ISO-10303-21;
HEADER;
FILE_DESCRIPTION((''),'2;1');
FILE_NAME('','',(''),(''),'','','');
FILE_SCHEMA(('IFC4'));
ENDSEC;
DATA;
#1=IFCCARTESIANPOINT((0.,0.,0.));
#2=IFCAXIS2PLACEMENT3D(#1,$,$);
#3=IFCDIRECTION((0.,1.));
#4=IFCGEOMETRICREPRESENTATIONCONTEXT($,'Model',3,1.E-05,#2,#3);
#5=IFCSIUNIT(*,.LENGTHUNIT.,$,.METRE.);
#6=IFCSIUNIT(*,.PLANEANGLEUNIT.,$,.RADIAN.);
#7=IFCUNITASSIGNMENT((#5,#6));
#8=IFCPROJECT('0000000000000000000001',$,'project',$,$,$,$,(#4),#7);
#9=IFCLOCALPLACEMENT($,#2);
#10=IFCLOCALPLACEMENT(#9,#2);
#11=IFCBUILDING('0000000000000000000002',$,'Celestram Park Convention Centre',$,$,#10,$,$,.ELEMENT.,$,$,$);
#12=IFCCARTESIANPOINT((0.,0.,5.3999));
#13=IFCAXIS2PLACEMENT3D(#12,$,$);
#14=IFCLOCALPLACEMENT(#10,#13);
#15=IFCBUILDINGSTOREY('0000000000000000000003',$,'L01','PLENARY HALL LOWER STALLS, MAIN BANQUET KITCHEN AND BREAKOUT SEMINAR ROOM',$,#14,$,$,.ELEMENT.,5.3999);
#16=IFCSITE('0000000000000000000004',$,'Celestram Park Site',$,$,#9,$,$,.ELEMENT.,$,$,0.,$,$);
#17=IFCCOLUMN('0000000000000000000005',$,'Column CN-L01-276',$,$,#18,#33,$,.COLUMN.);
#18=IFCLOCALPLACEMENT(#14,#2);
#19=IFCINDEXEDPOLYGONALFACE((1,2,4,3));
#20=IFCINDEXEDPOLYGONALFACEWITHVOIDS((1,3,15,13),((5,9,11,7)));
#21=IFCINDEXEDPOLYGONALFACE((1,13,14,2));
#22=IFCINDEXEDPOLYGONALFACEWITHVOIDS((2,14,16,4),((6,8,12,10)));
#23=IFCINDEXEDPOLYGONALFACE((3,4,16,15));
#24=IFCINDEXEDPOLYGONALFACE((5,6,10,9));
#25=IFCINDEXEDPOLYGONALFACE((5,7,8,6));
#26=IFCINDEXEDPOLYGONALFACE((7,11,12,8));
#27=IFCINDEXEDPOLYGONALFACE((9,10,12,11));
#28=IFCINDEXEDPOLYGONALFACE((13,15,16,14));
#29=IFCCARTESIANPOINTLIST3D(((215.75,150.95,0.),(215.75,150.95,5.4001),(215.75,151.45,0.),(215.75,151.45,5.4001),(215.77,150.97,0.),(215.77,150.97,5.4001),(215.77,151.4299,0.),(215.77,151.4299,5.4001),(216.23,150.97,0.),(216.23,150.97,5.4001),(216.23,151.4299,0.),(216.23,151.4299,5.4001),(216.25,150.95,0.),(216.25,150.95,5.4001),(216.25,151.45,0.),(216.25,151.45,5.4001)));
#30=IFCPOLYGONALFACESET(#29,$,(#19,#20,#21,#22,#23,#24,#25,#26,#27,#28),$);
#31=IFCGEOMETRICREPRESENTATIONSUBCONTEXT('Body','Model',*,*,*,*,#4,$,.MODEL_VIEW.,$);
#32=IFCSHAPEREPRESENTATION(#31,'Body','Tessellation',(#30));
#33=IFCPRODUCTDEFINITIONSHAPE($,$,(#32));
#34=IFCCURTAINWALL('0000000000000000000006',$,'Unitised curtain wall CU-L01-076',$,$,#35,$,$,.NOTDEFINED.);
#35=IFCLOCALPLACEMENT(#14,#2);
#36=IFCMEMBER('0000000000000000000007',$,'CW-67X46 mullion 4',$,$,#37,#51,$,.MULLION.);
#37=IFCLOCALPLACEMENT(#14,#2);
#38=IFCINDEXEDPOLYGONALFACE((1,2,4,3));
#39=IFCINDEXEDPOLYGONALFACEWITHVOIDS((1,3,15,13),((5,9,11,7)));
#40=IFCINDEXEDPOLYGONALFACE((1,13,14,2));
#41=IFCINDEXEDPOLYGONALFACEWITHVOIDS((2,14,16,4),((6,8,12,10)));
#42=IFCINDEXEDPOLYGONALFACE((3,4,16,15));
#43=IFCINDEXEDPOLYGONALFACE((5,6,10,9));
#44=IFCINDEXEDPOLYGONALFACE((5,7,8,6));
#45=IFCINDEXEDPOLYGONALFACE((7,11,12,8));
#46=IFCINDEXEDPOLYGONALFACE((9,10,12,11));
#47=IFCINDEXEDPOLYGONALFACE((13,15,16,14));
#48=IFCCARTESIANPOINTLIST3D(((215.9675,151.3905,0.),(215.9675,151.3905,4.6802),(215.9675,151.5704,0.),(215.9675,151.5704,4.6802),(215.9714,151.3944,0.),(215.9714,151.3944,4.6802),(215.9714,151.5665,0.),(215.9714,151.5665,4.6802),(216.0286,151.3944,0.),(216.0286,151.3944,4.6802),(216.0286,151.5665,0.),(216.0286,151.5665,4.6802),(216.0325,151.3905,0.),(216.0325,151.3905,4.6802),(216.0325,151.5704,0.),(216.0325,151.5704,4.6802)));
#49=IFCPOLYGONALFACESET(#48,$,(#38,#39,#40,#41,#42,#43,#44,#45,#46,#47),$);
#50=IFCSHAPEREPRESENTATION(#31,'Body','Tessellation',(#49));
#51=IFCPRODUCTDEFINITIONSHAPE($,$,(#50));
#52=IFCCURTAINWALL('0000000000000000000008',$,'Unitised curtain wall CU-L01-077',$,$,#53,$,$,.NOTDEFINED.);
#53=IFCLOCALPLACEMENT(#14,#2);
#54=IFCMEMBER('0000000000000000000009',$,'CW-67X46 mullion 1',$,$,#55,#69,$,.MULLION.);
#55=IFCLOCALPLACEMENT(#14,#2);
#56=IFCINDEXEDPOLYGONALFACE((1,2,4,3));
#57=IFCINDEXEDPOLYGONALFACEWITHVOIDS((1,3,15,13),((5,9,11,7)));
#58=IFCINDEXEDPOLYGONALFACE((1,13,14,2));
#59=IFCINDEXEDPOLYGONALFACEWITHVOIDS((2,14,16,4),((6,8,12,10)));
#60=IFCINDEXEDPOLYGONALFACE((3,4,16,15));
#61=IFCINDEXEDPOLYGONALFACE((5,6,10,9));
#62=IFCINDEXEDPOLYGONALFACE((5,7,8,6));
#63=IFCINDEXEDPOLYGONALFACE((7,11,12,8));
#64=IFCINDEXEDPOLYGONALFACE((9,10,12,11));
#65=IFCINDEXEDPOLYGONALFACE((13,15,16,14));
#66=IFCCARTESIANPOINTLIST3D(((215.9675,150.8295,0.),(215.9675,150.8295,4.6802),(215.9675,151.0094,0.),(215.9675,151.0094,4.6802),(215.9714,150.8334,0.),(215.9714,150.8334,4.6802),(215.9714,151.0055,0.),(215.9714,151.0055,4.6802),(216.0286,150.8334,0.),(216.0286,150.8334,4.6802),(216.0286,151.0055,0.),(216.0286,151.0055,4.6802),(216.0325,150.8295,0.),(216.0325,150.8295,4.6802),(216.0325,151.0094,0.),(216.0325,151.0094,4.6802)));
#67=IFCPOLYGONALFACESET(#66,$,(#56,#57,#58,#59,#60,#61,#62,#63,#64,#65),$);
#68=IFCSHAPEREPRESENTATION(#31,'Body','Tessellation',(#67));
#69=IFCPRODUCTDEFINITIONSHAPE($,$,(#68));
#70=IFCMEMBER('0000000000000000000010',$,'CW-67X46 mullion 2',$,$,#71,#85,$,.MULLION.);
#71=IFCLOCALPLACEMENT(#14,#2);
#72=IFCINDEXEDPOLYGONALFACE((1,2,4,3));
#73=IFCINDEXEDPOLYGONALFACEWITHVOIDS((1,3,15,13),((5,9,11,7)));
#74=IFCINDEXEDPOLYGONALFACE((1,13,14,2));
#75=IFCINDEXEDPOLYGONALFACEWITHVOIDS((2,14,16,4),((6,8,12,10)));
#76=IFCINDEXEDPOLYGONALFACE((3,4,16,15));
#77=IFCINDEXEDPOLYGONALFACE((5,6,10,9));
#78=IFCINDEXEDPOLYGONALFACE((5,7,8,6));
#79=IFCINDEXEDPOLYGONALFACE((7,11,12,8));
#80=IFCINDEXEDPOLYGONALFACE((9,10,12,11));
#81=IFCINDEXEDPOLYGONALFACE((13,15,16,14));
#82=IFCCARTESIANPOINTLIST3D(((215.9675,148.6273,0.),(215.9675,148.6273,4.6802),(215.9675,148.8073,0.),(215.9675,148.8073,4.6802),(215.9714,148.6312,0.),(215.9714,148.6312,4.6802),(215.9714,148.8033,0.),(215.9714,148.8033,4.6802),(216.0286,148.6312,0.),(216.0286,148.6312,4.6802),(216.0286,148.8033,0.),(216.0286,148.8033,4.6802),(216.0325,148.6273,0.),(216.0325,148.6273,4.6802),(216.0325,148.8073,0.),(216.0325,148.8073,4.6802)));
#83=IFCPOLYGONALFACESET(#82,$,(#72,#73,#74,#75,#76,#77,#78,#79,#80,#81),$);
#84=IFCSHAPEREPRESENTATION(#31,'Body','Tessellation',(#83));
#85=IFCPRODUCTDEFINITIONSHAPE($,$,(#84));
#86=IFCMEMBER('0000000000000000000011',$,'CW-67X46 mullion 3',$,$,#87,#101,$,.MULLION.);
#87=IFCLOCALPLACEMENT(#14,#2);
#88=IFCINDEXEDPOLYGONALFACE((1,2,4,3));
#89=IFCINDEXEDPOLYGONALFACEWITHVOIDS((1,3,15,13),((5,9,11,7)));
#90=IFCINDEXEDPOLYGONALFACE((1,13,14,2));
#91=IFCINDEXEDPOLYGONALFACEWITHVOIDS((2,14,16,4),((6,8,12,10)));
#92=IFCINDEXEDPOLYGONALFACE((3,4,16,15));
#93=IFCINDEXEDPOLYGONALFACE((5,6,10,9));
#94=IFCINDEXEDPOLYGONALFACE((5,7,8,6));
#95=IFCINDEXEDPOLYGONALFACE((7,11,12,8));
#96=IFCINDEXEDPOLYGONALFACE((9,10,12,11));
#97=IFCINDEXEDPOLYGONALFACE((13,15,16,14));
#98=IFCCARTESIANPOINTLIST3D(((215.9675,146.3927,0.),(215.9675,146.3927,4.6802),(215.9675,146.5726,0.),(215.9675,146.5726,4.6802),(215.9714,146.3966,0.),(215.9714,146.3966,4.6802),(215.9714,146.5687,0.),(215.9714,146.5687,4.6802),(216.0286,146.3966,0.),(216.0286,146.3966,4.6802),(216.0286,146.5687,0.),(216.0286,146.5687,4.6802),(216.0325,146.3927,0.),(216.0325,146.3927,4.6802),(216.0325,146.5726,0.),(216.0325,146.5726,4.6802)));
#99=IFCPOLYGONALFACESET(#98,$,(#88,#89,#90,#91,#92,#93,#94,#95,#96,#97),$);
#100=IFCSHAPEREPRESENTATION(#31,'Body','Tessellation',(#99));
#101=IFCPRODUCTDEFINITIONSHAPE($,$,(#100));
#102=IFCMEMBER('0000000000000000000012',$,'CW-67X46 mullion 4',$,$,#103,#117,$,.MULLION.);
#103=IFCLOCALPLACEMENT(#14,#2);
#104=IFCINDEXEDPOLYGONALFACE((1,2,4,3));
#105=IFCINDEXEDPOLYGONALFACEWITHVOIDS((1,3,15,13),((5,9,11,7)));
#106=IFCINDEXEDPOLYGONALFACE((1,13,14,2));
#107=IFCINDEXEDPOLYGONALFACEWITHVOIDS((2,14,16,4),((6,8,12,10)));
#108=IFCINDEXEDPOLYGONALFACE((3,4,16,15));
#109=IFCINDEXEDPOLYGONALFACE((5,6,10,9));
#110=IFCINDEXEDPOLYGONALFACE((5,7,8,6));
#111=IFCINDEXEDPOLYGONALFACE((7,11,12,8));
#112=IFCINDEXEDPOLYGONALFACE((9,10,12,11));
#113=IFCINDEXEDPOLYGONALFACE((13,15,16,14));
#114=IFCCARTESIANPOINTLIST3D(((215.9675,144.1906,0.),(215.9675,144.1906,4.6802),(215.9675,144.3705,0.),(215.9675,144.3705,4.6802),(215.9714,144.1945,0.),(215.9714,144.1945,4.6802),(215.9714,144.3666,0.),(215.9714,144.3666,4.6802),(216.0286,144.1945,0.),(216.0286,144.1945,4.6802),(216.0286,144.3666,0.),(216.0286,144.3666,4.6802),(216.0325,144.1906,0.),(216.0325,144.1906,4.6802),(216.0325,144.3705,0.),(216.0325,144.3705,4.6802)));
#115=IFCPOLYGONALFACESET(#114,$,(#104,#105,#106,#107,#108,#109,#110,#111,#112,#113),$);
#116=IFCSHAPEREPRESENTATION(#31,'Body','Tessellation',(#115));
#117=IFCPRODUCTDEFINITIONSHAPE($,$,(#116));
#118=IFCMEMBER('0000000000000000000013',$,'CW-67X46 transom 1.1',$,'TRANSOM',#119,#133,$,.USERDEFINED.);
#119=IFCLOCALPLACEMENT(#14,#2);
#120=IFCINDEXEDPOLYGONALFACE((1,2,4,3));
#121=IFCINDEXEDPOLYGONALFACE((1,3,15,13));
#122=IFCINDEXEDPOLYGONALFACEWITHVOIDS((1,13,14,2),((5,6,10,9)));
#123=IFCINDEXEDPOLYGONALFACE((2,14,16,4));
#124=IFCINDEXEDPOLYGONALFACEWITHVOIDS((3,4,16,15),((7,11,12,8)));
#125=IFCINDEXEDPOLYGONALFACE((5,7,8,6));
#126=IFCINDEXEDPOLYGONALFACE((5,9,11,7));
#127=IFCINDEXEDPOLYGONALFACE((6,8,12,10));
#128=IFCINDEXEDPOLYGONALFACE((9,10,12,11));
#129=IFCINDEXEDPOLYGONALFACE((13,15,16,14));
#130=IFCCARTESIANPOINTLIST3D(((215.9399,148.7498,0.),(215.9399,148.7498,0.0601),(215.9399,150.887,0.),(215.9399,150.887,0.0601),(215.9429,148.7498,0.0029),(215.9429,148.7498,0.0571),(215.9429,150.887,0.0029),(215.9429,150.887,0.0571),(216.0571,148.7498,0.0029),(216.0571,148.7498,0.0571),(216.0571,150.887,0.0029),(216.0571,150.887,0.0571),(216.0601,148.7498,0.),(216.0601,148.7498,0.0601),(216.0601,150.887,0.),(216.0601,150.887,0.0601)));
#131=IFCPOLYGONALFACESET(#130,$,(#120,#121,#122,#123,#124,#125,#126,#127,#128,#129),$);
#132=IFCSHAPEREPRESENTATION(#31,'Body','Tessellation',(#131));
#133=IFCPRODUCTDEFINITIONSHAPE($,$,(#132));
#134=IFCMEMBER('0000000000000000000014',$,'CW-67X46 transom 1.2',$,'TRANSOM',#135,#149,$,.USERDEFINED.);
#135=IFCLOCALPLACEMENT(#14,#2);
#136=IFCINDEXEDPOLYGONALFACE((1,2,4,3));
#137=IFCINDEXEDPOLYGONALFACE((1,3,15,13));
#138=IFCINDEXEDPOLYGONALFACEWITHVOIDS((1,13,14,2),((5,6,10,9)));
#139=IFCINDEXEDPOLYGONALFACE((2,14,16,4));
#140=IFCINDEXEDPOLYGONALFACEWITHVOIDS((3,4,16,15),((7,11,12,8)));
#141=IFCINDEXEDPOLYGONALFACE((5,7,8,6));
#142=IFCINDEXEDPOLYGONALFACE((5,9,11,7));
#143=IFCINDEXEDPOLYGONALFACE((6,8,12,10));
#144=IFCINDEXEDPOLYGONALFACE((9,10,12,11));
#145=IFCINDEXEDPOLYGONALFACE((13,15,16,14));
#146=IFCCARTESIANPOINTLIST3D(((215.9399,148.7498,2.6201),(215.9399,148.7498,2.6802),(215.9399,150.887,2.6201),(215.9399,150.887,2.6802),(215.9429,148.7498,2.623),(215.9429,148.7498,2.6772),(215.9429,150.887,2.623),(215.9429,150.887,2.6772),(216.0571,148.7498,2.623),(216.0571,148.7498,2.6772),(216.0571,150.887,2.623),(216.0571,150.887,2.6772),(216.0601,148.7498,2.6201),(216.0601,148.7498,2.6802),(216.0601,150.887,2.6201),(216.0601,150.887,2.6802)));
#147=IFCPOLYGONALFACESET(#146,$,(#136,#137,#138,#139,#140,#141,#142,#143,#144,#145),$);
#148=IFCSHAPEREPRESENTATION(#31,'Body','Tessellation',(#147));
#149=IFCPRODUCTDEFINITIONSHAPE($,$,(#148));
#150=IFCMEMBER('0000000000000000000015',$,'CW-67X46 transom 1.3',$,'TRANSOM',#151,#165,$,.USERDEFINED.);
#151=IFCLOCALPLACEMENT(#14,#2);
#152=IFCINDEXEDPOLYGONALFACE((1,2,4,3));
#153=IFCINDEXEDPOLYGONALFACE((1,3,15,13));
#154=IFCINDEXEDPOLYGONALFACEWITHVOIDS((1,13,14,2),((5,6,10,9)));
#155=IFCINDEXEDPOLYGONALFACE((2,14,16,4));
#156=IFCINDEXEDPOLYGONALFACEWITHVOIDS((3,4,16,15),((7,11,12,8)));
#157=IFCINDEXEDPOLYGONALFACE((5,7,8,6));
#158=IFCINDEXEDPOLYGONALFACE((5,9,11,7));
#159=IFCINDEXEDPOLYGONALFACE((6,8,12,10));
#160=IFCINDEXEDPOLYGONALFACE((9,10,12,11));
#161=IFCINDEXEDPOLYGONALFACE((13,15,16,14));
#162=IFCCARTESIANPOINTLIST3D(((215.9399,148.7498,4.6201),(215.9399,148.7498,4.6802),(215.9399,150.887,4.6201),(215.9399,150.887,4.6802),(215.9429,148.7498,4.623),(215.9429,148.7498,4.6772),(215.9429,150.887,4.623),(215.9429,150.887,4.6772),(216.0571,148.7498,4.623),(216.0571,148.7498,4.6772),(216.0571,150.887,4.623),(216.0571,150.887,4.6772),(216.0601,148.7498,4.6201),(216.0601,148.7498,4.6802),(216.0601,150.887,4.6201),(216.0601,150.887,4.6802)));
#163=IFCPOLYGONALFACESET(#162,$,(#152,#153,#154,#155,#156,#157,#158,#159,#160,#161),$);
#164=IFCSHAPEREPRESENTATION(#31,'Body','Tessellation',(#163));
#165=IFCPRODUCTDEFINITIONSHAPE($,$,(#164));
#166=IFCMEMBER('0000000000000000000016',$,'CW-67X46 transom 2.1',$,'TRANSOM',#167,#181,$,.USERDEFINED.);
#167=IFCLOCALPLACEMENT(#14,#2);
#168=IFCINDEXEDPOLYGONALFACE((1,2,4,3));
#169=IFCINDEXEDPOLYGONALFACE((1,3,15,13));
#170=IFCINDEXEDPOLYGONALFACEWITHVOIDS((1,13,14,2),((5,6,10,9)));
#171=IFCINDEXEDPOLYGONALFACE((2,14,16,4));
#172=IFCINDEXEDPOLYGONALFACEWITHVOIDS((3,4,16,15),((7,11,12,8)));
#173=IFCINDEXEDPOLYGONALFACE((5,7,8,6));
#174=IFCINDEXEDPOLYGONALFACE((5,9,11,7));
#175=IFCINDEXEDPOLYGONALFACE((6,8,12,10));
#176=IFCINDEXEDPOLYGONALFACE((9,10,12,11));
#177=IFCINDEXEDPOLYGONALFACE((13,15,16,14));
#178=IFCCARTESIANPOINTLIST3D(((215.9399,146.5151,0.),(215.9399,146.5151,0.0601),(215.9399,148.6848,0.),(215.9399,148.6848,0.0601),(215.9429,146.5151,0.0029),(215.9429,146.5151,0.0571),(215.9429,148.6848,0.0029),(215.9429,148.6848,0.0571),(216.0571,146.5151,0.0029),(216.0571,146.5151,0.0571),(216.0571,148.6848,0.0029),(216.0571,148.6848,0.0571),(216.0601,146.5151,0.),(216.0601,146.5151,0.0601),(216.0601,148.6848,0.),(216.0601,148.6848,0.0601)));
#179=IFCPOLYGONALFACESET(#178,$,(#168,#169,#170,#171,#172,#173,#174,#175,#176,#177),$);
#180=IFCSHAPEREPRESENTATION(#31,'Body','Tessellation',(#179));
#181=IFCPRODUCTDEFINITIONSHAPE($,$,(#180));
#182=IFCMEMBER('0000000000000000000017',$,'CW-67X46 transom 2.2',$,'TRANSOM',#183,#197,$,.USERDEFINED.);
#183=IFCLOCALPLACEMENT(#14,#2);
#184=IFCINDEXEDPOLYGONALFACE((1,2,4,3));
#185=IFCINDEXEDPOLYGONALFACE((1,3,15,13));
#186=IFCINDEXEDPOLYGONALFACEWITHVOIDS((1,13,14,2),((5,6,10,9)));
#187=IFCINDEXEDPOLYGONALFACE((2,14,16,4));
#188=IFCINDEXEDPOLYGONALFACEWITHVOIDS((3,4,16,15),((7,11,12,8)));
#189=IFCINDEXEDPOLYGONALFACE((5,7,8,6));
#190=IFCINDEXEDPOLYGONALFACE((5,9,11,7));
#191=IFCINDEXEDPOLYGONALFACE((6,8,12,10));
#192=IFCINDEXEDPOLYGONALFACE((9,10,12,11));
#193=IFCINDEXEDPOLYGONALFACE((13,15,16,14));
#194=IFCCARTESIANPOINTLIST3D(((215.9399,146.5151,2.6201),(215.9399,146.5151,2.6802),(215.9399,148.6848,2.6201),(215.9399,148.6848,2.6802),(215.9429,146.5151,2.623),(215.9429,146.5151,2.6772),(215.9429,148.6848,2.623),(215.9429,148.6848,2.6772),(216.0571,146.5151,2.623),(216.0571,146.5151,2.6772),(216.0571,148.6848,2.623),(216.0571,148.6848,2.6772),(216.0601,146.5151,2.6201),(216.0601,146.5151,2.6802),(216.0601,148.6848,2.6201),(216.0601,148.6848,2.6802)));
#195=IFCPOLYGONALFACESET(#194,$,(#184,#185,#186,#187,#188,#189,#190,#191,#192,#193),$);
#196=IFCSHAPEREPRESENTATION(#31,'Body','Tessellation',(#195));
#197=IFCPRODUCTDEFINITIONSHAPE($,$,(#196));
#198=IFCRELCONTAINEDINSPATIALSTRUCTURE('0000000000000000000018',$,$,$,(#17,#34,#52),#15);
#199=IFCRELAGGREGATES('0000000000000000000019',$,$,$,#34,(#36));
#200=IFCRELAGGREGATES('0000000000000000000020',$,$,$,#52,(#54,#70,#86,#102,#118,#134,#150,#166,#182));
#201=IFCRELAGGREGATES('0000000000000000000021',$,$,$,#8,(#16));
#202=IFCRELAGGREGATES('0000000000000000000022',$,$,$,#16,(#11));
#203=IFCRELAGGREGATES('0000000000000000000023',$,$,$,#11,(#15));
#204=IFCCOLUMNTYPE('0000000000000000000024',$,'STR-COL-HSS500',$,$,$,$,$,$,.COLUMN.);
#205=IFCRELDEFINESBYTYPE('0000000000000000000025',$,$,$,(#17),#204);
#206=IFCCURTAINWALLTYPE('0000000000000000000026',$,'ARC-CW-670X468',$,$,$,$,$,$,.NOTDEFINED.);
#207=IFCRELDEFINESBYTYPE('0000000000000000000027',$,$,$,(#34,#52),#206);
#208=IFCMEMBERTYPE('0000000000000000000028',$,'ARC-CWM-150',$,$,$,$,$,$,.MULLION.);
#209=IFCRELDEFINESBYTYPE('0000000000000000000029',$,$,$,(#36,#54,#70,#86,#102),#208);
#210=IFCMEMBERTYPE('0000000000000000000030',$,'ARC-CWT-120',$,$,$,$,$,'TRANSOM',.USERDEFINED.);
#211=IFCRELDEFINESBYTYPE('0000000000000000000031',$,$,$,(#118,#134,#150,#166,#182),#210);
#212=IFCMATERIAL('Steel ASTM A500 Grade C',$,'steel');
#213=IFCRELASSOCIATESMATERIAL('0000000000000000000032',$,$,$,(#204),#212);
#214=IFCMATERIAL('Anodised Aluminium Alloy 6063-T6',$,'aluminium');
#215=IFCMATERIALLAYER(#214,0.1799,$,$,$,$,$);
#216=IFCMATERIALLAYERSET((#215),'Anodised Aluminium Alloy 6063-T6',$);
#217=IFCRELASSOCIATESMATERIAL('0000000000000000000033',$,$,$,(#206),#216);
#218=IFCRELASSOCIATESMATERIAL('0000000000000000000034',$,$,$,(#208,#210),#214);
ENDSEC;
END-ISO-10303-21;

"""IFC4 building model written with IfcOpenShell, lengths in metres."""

from ifc_helpers import new_model, si_unit, direction, frame, origin, origin_2d, place, context, subcontext, project, spatial, hollow_rectangle, extrude, material, layer, layer_set, material_profile, profile_set, type_object, element, aggregate, save


model = new_model("IFC4")

# Units and contexts
model_context = context("Model", 3, precision=1e-05, world=origin(), true_north=direction((0.0, 1.0)))
body_context = subcontext(model_context, "Body", "Model", "MODEL_VIEW")
ifc_project = project(units=[si_unit("LENGTHUNIT", "METRE"), si_unit("PLANEANGLEUNIT", "RADIAN")], contexts=[model_context])

# Site, building, storey
site_placement = place(None, origin())
site = spatial("IfcSite", under=ifc_project, at=site_placement, Name="Celestram Park Site", CompositionType="ELEMENT", RefElevation=0.0)
building_placement = place(site_placement, origin())
building = spatial("IfcBuilding", under=site, at=building_placement, Name="Celestram Park Convention Centre", CompositionType="ELEMENT")
storey_placement = place(building_placement, frame((0.0, 0.0, 5.3999)))
storey = spatial("IfcBuildingStorey", under=building, at=storey_placement, Name="L01", Description="PLENARY HALL LOWER STALLS, MAIN BANQUET KITCHEN AND BREAKOUT SEMINAR ROOM", CompositionType="ELEMENT", Elevation=5.3999)

# Column
ifc_material_1 = material(Name="Steel ASTM A500 Grade C", Category="steel")
ifc_material_profile_1 = material_profile(ifc_material_1, hollow_rectangle(XDim=0.5, YDim=0.5, WallThickness=0.02, at=origin_2d()), Name="HSS500X500X20")
ifc_profile_set_1 = profile_set([ifc_material_profile_1], Name="Steel ASTM A500 Grade C")
column_type = type_object("IfcColumnType", Name="STR-COL-HSS500", PredefinedType="COLUMN", material=ifc_profile_set_1)
column_placement = place(storey_placement, frame((216.0, 151.2, 0.0), z_axis=(0.0, 0.0, 1.0), x_axis=(1.0, 0.0, 0.0)))
element("IfcColumn", 1, at=column_placement, inside=storey, type_object=column_type, Name="Column CN-L01-276", PredefinedType="COLUMN", context=body_context, shape_type="SweptSolid", body=[
    extrude(hollow_rectangle(XDim=0.5, YDim=0.5, WallThickness=0.02, at=origin_2d()), origin(), (0.0, 0.0, 1.0), 5.4001),
])

# Curtain wall, member
ifc_material_2 = material(Name="Anodised Aluminium Alloy 6063-T6", Category="aluminium")
ifc_layer_1 = layer(ifc_material_2, 0.1799)
ifc_layer_set_1 = layer_set([ifc_layer_1], Name="Anodised Aluminium Alloy 6063-T6")
curtain_wall_type = type_object("IfcCurtainWallType", Name="ARC-CW-670X468", PredefinedType="NOTDEFINED", material=ifc_layer_set_1)
curtain_wall_1_placement = place(storey_placement, origin())
curtain_wall_1 = element("IfcCurtainWall", 2, at=curtain_wall_1_placement, inside=storey, type_object=curtain_wall_type, Name="Unitised curtain wall CU-L01-076", PredefinedType="NOTDEFINED")
ifc_material_profile_2 = material_profile(ifc_material_2, hollow_rectangle(XDim=0.0649, YDim=0.1799, WallThickness=0.0039, at=origin_2d()), Name="ALU65X180X4")
ifc_profile_set_2 = profile_set([ifc_material_profile_2], Name="Anodised Aluminium Alloy 6063-T6")
member_type_1 = type_object("IfcMemberType", Name="ARC-CWM-150", PredefinedType="MULLION", material=ifc_profile_set_2)
member_1_placement = place(storey_placement, frame((216.0, 151.4805, 0.0), z_axis=(0.0, 0.0, 1.0), x_axis=(1.0, 0.0, 0.0)))
member_1 = element("IfcMember", 3, at=member_1_placement, type_object=member_type_1, Name="CW-67X46 mullion 4", PredefinedType="MULLION", context=body_context, shape_type="SweptSolid", body=[
    extrude(hollow_rectangle(XDim=0.0649, YDim=0.1799, WallThickness=0.0039, at=origin_2d()), origin(), (0.0, 0.0, 1.0), 4.6802),
])
aggregate(curtain_wall_1, [member_1])

# Curtain wall, members
curtain_wall_2_placement = place(storey_placement, origin())
curtain_wall_2 = element("IfcCurtainWall", 4, at=curtain_wall_2_placement, inside=storey, type_object=curtain_wall_type, Name="Unitised curtain wall CU-L01-077", PredefinedType="NOTDEFINED")
member_2_placement = place(storey_placement, frame((216.0, 150.9194, 0.0), z_axis=(0.0, 0.0, 1.0), x_axis=(1.0, 0.0, 0.0)))
member_2 = element("IfcMember", 5, at=member_2_placement, type_object=member_type_1, Name="CW-67X46 mullion 1", PredefinedType="MULLION", context=body_context, shape_type="SweptSolid", body=[
    extrude(hollow_rectangle(XDim=0.0649, YDim=0.1799, WallThickness=0.0039, at=origin_2d()), origin(), (0.0, 0.0, 1.0), 4.6802),
])
member_3_placement = place(storey_placement, frame((216.0, 148.7173, 0.0), z_axis=(0.0, 0.0, 1.0), x_axis=(1.0, 0.0, 0.0)))
member_3 = element("IfcMember", 6, at=member_3_placement, type_object=member_type_1, Name="CW-67X46 mullion 2", PredefinedType="MULLION", context=body_context, shape_type="SweptSolid", body=[
    extrude(hollow_rectangle(XDim=0.0649, YDim=0.1799, WallThickness=0.0039, at=origin_2d()), origin(), (0.0, 0.0, 1.0), 4.6802),
])
member_4_placement = place(storey_placement, frame((216.0, 146.4827, 0.0), z_axis=(0.0, 0.0, 1.0), x_axis=(1.0, 0.0, 0.0)))
member_4 = element("IfcMember", 7, at=member_4_placement, type_object=member_type_1, Name="CW-67X46 mullion 3", PredefinedType="MULLION", context=body_context, shape_type="SweptSolid", body=[
    extrude(hollow_rectangle(XDim=0.0649, YDim=0.1799, WallThickness=0.0039, at=origin_2d()), origin(), (0.0, 0.0, 1.0), 4.6802),
])
member_5_placement = place(storey_placement, frame((216.0, 144.2805, 0.0), z_axis=(0.0, 0.0, 1.0), x_axis=(1.0, 0.0, 0.0)))
member_5 = element("IfcMember", 8, at=member_5_placement, type_object=member_type_1, Name="CW-67X46 mullion 4", PredefinedType="MULLION", context=body_context, shape_type="SweptSolid", body=[
    extrude(hollow_rectangle(XDim=0.0649, YDim=0.1799, WallThickness=0.0039, at=origin_2d()), origin(), (0.0, 0.0, 1.0), 4.6802),
])
ifc_material_profile_3 = material_profile(ifc_material_2, hollow_rectangle(XDim=0.1201, YDim=0.0601, WallThickness=0.0029, at=origin_2d()), Name="ALU120X60X3")
ifc_profile_set_3 = profile_set([ifc_material_profile_3], Name="Anodised Aluminium Alloy 6063-T6")
member_type_2 = type_object("IfcMemberType", Name="ARC-CWT-120", ElementType="TRANSOM", PredefinedType="USERDEFINED", material=ifc_profile_set_3)
member_6_placement = place(storey_placement, frame((216.0, 150.887, 0.03), z_axis=(0.0, -1.0, 0.0), x_axis=(1.0, 0.0, 0.0)))
member_6 = element("IfcMember", 9, at=member_6_placement, type_object=member_type_2, Name="CW-67X46 transom 1.1", ObjectType="TRANSOM", PredefinedType="USERDEFINED", context=body_context, shape_type="SweptSolid", body=[
    extrude(hollow_rectangle(XDim=0.1201, YDim=0.0601, WallThickness=0.0029, at=origin_2d()), origin(), (0.0, 0.0, 1.0), 2.1372),
])
member_7_placement = place(storey_placement, frame((216.0, 150.887, 2.6501), z_axis=(0.0, -1.0, 0.0), x_axis=(1.0, 0.0, 0.0)))
member_7 = element("IfcMember", 10, at=member_7_placement, type_object=member_type_2, Name="CW-67X46 transom 1.2", ObjectType="TRANSOM", PredefinedType="USERDEFINED", context=body_context, shape_type="SweptSolid", body=[
    extrude(hollow_rectangle(XDim=0.1201, YDim=0.0601, WallThickness=0.0029, at=origin_2d()), origin(), (0.0, 0.0, 1.0), 2.1372),
])
member_8_placement = place(storey_placement, frame((216.0, 150.887, 4.6501), z_axis=(0.0, -1.0, 0.0), x_axis=(1.0, 0.0, 0.0)))
member_8 = element("IfcMember", 11, at=member_8_placement, type_object=member_type_2, Name="CW-67X46 transom 1.3", ObjectType="TRANSOM", PredefinedType="USERDEFINED", context=body_context, shape_type="SweptSolid", body=[
    extrude(hollow_rectangle(XDim=0.1201, YDim=0.0601, WallThickness=0.0029, at=origin_2d()), origin(), (0.0, 0.0, 1.0), 2.1372),
])
member_9_placement = place(storey_placement, frame((216.0, 148.6848, 0.03), z_axis=(0.0, -1.0, 0.0), x_axis=(1.0, 0.0, 0.0)))
member_9 = element("IfcMember", 12, at=member_9_placement, type_object=member_type_2, Name="CW-67X46 transom 2.1", ObjectType="TRANSOM", PredefinedType="USERDEFINED", context=body_context, shape_type="SweptSolid", body=[
    extrude(hollow_rectangle(XDim=0.1201, YDim=0.0601, WallThickness=0.0029, at=origin_2d()), origin(), (0.0, 0.0, 1.0), 2.1697),
])
member_10_placement = place(storey_placement, frame((216.0, 148.6848, 2.6501), z_axis=(0.0, -1.0, 0.0), x_axis=(1.0, 0.0, 0.0)))
member_10 = element("IfcMember", 13, at=member_10_placement, type_object=member_type_2, Name="CW-67X46 transom 2.2", ObjectType="TRANSOM", PredefinedType="USERDEFINED", context=body_context, shape_type="SweptSolid", body=[
    extrude(hollow_rectangle(XDim=0.1201, YDim=0.0601, WallThickness=0.0029, at=origin_2d()), origin(), (0.0, 0.0, 1.0), 2.1697),
])

aggregate(curtain_wall_2, [member_2, member_3, member_4, member_5, member_6, member_7, member_8, member_9, member_10])

save(model, "model.ifc")
